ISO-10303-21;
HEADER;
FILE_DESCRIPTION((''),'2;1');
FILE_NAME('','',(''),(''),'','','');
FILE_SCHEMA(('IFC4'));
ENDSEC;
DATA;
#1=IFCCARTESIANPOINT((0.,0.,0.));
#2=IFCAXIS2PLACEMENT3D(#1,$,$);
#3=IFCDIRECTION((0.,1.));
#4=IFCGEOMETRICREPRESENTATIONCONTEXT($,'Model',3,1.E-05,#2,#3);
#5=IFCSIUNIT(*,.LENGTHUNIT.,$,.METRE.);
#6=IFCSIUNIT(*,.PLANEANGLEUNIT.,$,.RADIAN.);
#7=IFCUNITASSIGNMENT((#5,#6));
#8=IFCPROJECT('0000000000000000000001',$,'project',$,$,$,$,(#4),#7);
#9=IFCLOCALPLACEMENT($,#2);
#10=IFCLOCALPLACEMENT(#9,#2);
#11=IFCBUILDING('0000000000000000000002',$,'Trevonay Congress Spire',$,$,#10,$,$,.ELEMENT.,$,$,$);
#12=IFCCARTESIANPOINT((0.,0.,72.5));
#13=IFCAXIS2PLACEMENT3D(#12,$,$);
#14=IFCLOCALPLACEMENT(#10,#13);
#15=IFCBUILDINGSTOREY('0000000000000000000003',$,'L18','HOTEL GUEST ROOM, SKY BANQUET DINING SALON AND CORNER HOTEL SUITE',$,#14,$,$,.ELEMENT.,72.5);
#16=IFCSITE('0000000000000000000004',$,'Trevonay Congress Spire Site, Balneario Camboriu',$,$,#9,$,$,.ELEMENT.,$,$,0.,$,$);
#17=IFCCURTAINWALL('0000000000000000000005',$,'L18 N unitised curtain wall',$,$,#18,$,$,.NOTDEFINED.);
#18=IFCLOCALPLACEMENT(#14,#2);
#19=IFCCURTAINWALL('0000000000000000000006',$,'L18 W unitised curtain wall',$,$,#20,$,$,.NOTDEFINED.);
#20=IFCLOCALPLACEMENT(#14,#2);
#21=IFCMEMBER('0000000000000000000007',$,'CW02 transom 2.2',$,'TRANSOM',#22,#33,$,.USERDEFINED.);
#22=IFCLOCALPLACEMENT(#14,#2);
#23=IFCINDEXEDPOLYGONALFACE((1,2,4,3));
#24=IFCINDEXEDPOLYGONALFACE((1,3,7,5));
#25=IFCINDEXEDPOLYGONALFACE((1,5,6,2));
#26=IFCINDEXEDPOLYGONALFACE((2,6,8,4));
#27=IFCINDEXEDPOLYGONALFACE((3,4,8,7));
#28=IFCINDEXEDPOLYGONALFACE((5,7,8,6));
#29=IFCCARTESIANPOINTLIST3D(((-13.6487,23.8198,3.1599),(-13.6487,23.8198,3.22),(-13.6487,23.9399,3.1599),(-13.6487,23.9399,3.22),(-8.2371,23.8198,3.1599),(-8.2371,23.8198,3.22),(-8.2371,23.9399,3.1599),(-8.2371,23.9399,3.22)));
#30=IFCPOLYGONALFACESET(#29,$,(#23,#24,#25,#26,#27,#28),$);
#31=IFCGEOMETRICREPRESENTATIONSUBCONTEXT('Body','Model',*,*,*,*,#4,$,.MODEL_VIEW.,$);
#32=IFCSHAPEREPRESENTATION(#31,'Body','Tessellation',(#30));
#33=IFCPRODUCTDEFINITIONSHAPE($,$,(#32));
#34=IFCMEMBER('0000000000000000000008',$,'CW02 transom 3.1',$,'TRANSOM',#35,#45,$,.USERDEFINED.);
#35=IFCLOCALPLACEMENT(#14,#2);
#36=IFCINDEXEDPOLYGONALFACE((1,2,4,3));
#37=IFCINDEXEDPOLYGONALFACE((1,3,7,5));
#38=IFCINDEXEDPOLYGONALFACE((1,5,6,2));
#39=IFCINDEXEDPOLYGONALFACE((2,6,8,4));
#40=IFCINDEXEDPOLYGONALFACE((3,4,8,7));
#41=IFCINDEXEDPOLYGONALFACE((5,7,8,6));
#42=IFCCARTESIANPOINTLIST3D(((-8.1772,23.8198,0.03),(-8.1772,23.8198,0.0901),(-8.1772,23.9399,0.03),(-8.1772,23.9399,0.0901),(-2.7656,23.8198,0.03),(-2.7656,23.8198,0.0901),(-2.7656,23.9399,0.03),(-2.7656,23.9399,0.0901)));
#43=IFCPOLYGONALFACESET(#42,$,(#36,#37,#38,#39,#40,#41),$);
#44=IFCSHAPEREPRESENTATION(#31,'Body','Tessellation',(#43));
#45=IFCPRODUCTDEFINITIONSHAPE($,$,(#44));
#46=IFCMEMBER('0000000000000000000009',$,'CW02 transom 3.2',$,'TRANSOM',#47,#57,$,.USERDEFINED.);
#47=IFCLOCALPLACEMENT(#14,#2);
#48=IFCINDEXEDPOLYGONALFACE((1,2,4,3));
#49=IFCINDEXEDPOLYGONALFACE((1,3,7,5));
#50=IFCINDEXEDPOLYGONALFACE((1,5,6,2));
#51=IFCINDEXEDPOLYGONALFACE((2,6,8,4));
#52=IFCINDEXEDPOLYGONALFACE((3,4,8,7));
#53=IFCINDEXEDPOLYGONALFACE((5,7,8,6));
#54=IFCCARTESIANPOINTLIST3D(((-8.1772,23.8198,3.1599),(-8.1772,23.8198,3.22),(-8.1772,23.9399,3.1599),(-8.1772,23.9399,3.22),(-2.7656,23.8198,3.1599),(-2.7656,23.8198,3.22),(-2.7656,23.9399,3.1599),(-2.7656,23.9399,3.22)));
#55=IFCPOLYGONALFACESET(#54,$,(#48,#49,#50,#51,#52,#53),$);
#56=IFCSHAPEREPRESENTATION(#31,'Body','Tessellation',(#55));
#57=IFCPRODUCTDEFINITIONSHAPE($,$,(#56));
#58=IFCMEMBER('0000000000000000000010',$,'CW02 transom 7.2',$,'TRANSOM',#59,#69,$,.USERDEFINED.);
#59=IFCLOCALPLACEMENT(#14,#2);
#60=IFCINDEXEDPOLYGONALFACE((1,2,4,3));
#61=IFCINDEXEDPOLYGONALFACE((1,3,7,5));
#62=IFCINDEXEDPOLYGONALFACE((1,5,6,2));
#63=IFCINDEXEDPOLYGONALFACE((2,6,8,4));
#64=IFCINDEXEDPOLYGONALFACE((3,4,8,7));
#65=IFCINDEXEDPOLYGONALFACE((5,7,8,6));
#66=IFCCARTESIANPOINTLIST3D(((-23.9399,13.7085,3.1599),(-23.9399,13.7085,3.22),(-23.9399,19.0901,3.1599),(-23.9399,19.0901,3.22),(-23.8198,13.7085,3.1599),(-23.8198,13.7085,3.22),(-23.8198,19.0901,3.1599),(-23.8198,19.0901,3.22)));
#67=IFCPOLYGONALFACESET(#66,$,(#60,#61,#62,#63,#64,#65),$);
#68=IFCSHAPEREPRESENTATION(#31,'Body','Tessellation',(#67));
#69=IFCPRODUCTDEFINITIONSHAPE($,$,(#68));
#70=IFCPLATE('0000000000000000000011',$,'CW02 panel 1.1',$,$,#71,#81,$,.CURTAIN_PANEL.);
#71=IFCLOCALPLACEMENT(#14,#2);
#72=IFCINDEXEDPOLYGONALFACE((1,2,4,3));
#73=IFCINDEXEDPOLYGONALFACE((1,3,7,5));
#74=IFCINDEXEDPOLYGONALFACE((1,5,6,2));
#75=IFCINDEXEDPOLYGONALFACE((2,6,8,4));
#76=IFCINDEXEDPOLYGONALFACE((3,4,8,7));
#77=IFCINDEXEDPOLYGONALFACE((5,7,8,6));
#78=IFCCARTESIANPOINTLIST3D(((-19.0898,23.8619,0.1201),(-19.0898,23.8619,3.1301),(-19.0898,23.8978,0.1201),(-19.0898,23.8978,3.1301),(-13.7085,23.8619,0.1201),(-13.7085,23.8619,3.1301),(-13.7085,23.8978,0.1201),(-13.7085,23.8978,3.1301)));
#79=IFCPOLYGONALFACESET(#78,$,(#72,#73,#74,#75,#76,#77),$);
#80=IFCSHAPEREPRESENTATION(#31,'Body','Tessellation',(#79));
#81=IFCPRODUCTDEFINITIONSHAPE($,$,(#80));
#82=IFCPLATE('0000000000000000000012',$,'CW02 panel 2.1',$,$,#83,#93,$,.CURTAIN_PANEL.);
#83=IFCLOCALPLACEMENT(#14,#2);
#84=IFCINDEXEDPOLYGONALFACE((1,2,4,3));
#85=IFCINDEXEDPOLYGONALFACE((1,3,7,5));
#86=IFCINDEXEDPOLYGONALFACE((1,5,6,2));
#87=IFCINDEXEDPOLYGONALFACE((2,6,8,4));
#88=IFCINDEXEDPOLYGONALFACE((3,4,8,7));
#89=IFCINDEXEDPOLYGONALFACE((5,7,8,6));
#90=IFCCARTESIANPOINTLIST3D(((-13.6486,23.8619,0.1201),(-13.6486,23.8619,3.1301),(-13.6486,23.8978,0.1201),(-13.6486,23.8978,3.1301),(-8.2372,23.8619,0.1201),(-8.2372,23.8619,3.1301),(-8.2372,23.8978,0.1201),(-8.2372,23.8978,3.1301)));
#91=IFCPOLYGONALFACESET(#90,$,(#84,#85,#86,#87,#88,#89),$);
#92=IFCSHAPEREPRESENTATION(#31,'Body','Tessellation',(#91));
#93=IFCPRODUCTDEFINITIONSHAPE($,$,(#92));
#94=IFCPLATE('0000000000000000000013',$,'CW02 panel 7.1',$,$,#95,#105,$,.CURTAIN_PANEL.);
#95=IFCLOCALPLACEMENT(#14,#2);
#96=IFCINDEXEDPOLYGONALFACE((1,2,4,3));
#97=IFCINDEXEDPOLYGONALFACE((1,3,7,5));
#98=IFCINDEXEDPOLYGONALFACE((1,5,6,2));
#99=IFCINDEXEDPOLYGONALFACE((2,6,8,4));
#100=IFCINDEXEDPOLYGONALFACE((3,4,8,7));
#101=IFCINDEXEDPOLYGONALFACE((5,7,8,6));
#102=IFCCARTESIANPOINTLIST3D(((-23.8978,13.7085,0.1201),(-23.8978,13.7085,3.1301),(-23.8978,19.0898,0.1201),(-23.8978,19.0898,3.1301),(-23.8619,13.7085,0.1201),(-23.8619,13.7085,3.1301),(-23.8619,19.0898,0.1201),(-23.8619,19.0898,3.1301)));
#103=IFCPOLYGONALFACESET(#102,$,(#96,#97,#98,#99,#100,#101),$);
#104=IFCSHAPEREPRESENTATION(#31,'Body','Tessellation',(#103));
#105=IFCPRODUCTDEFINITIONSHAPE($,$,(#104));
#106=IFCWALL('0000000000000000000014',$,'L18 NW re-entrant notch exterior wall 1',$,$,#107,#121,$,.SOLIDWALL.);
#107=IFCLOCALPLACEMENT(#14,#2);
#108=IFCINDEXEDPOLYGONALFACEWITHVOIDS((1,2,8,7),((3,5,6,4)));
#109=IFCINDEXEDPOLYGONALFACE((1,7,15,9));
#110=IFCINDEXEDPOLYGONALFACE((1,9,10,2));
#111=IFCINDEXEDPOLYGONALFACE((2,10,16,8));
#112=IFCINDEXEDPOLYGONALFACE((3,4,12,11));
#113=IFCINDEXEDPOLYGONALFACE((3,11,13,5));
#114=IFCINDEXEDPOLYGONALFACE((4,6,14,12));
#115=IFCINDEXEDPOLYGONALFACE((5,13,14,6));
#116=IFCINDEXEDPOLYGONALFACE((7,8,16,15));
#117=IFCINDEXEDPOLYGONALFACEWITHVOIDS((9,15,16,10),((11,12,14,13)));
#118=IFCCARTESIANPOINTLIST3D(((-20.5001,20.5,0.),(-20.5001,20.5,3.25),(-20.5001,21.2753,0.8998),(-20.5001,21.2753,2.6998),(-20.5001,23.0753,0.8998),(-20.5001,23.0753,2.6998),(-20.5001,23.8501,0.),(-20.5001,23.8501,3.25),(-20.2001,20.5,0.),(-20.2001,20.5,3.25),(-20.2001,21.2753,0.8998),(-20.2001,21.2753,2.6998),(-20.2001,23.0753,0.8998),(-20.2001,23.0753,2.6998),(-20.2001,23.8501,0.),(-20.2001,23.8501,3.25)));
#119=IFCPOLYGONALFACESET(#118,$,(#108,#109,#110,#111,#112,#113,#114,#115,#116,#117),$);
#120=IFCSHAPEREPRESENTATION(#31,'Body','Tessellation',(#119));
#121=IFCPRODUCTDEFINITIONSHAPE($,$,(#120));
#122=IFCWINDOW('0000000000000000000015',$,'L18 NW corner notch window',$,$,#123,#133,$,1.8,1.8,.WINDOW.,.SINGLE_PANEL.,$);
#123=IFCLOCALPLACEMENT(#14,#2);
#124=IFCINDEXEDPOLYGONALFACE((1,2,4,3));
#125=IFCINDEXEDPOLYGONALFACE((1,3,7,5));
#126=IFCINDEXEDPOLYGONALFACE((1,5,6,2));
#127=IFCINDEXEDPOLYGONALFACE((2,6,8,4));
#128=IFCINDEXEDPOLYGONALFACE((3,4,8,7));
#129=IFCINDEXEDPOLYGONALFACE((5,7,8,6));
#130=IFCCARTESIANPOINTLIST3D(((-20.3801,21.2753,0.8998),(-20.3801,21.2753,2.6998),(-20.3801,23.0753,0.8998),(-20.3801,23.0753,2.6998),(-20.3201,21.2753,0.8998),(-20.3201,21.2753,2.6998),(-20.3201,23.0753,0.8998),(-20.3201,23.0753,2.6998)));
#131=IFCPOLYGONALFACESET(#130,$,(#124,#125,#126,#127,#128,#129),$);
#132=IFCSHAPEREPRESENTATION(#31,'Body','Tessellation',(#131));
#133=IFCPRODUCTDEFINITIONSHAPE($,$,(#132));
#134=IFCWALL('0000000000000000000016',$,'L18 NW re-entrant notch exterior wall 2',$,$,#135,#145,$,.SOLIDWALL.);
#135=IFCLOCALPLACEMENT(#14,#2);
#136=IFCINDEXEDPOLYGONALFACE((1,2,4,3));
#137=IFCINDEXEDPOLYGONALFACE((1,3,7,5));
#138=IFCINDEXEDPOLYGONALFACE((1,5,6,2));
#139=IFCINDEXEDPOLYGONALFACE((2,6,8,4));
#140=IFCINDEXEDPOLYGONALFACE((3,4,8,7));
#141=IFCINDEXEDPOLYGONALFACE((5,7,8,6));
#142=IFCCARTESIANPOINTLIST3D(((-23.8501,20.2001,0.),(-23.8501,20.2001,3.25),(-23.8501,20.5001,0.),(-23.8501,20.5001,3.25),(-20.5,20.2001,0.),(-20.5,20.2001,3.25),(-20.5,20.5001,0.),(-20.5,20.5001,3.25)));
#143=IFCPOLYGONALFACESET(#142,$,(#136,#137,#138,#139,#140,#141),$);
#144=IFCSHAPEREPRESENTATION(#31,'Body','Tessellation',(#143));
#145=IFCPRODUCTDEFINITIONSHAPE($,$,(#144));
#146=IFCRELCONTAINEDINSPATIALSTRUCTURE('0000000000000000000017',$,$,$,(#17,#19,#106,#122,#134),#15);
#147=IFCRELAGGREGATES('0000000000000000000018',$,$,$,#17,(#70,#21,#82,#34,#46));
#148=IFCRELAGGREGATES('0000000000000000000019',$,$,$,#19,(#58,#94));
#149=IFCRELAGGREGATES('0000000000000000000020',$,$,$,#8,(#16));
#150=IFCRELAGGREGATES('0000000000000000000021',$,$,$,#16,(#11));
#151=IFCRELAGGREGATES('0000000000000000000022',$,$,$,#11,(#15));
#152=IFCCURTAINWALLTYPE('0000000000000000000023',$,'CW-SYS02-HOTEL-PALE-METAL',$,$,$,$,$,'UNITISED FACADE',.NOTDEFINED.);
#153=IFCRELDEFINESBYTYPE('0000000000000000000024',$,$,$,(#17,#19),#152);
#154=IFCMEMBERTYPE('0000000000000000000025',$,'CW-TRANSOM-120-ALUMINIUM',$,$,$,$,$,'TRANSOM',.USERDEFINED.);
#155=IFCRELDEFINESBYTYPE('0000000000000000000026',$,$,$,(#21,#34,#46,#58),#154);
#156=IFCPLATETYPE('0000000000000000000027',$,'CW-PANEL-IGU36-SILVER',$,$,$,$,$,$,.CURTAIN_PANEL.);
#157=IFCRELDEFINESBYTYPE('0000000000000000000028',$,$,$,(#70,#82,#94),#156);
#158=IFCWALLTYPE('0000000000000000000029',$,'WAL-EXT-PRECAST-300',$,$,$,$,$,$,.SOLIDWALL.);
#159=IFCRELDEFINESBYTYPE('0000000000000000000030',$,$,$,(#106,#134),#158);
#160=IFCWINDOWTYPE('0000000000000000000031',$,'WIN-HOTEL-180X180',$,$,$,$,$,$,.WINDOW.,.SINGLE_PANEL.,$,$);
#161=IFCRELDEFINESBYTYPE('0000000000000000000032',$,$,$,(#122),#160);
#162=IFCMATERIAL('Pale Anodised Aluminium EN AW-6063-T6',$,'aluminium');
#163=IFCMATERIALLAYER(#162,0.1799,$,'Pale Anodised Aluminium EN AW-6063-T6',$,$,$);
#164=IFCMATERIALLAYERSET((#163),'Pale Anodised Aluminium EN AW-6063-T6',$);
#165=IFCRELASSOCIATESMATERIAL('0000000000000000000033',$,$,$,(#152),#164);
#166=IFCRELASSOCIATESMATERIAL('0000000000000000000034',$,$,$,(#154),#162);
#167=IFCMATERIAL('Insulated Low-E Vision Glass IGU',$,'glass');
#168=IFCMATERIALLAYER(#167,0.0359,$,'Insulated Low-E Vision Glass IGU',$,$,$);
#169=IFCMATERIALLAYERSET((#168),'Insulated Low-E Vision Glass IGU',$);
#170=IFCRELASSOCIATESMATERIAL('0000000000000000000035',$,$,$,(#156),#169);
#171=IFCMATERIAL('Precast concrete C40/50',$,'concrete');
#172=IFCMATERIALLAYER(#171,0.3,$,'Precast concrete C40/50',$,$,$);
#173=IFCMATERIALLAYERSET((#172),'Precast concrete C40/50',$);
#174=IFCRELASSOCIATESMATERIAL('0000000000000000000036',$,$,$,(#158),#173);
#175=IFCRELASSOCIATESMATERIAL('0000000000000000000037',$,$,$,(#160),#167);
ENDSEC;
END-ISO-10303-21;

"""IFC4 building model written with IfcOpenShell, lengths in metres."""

from ifc_helpers import new_model, si_unit, direction, frame, frame_2d, origin, origin_2d, place, context, subcontext, project, spatial, rectangle, extrude, material, layer, layer_set, material_profile, profile_set, type_object, element, fill, aggregate, save


model = new_model("IFC4")

# Units and contexts
model_context = context("Model", 3, precision=1e-05, world=origin(), true_north=direction((0.0, 1.0)))
body_context = subcontext(model_context, "Body", "Model", "MODEL_VIEW")
ifc_project = project(units=[si_unit("LENGTHUNIT", "METRE"), si_unit("PLANEANGLEUNIT", "RADIAN")], contexts=[model_context])

# Site, building, storey
site_placement = place(None, origin())
site = spatial("IfcSite", under=ifc_project, at=site_placement, Name="Trevonay Congress Spire Site, Balneario Camboriu", CompositionType="ELEMENT", RefElevation=0.0)
building_placement = place(site_placement, origin())
building = spatial("IfcBuilding", under=site, at=building_placement, Name="Trevonay Congress Spire", CompositionType="ELEMENT")
storey_placement = place(building_placement, frame((0.0, 0.0, 72.5)))
storey = spatial("IfcBuildingStorey", under=building, at=storey_placement, Name="L18", Description="HOTEL GUEST ROOM, SKY BANQUET DINING SALON AND CORNER HOTEL SUITE", CompositionType="ELEMENT", Elevation=72.5)

# Curtain wall
ifc_material_1 = material(Name="Pale Anodised Aluminium EN AW-6063-T6", Category="aluminium")
ifc_layer_1 = layer(ifc_material_1, 0.1799, Name="Pale Anodised Aluminium EN AW-6063-T6")
ifc_layer_set_1 = layer_set([ifc_layer_1], Name="Pale Anodised Aluminium EN AW-6063-T6")
curtain_wall_type = type_object("IfcCurtainWallType", Name="CW-SYS02-HOTEL-PALE-METAL", ElementType="UNITISED FACADE", PredefinedType="NOTDEFINED", material=ifc_layer_set_1)
curtain_wall_1_placement = place(storey_placement, origin())
curtain_wall_1 = element("IfcCurtainWall", 1, at=curtain_wall_1_placement, inside=storey, type_object=curtain_wall_type, Name="L18 N unitised curtain wall", PredefinedType="NOTDEFINED")

# Curtain wall
curtain_wall_2_placement = place(storey_placement, origin())
curtain_wall_2 = element("IfcCurtainWall", 2, at=curtain_wall_2_placement, inside=storey, type_object=curtain_wall_type, Name="L18 W unitised curtain wall", PredefinedType="NOTDEFINED")

# Members
ifc_material_profile_1 = material_profile(ifc_material_1, rectangle(XDim=0.1201, YDim=0.0601, at=origin_2d()), Name="CW-TRANSOM-120-ALUMINIUM")
ifc_profile_set_1 = profile_set([ifc_material_profile_1], Name="Pale Anodised Aluminium EN AW-6063-T6")
member_type_1 = type_object("IfcMemberType", Name="CW-TRANSOM-120-ALUMINIUM", ElementType="TRANSOM", PredefinedType="USERDEFINED", material=ifc_profile_set_1)
member_1_placement = place(storey_placement, frame((-13.6487, 23.8799, 3.1899), z_axis=(1.0, 0.0, 0.0), x_axis=(0.0, 1.0, 0.0)))
member_1 = element("IfcMember", 3, at=member_1_placement, type_object=member_type_1, Name="CW02 transom 2.2", ObjectType="TRANSOM", PredefinedType="USERDEFINED", context=body_context, shape_type="SweptSolid", body=[
    extrude(rectangle(XDim=0.1201, YDim=0.0601, at=origin_2d()), origin(), (0.0, 0.0, 1.0), 5.4116),
])
member_2_placement = place(storey_placement, frame((-8.1772, 23.8799, 0.0601), z_axis=(1.0, 0.0, 0.0), x_axis=(0.0, 1.0, 0.0)))
member_2 = element("IfcMember", 4, at=member_2_placement, type_object=member_type_1, Name="CW02 transom 3.1", ObjectType="TRANSOM", PredefinedType="USERDEFINED", context=body_context, shape_type="SweptSolid", body=[
    extrude(rectangle(XDim=0.1201, YDim=0.0601, at=origin_2d()), origin(), (0.0, 0.0, 1.0), 5.4116),
])
member_3_placement = place(storey_placement, frame((-8.1772, 23.8799, 3.1899), z_axis=(1.0, 0.0, 0.0), x_axis=(0.0, 1.0, 0.0)))
member_3 = element("IfcMember", 5, at=member_3_placement, type_object=member_type_1, Name="CW02 transom 3.2", ObjectType="TRANSOM", PredefinedType="USERDEFINED", context=body_context, shape_type="SweptSolid", body=[
    extrude(rectangle(XDim=0.1201, YDim=0.0601, at=origin_2d()), origin(), (0.0, 0.0, 1.0), 5.4116),
])
member_4_placement = place(storey_placement, frame((-23.8799, 13.7085, 3.1899), z_axis=(0.0, 1.0, 0.0), x_axis=(-1.0, 0.0, 0.0)))
member_4 = element("IfcMember", 6, at=member_4_placement, type_object=member_type_1, Name="CW02 transom 7.2", ObjectType="TRANSOM", PredefinedType="USERDEFINED", context=body_context, shape_type="SweptSolid", body=[
    extrude(rectangle(XDim=0.1201, YDim=0.0601, at=origin_2d()), origin(), (0.0, 0.0, 1.0), 5.3816),
])

# Plates
ifc_material_2 = material(Name="Insulated Low-E Vision Glass IGU", Category="glass")
ifc_layer_2 = layer(ifc_material_2, 0.0359, Name="Insulated Low-E Vision Glass IGU")
ifc_layer_set_2 = layer_set([ifc_layer_2], Name="Insulated Low-E Vision Glass IGU")
plate_type = type_object("IfcPlateType", Name="CW-PANEL-IGU36-SILVER", PredefinedType="CURTAIN_PANEL", material=ifc_layer_set_2)
plate_1_placement = place(storey_placement, frame((-16.3992, 23.8799, 0.1201), z_axis=(0.0, 0.0, 1.0), x_axis=(1.0, 0.0, 0.0)))
plate_1 = element("IfcPlate", 7, at=plate_1_placement, type_object=plate_type, Name="CW02 panel 1.1", PredefinedType="CURTAIN_PANEL", context=body_context, shape_type="SweptSolid", body=[
    extrude(rectangle(XDim=5.3813, YDim=0.0359, at=origin_2d()), origin(), (0.0, 0.0, 1.0), 3.01),
])
plate_2_placement = place(storey_placement, frame((-10.9429, 23.8799, 0.1201), z_axis=(0.0, 0.0, 1.0), x_axis=(1.0, 0.0, 0.0)))
plate_2 = element("IfcPlate", 8, at=plate_2_placement, type_object=plate_type, Name="CW02 panel 2.1", PredefinedType="CURTAIN_PANEL", context=body_context, shape_type="SweptSolid", body=[
    extrude(rectangle(XDim=5.4114, YDim=0.0359, at=origin_2d()), origin(), (0.0, 0.0, 1.0), 3.01),
])
aggregate(curtain_wall_1, [plate_1, member_1, plate_2, member_2, member_3])
plate_3_placement = place(storey_placement, frame((-23.8799, 16.3992, 0.1201), z_axis=(0.0, 0.0, 1.0), x_axis=(0.0, 1.0, 0.0)))
plate_3 = element("IfcPlate", 9, at=plate_3_placement, type_object=plate_type, Name="CW02 panel 7.1", PredefinedType="CURTAIN_PANEL", context=body_context, shape_type="SweptSolid", body=[
    extrude(rectangle(XDim=5.3813, YDim=0.0359, at=origin_2d()), origin(), (0.0, 0.0, 1.0), 3.01),
])
aggregate(curtain_wall_2, [member_4, plate_3])

# Wall, opening, window
ifc_material_3 = material(Name="Precast concrete C40/50", Category="concrete")
ifc_layer_3 = layer(ifc_material_3, 0.3, Name="Precast concrete C40/50")
ifc_layer_set_3 = layer_set([ifc_layer_3], Name="Precast concrete C40/50")
wall_type = type_object("IfcWallType", Name="WAL-EXT-PRECAST-300", PredefinedType="SOLIDWALL", material=ifc_layer_set_3)
wall_1_placement = place(storey_placement, frame((-20.3501, 23.8501, 0.0), z_axis=(0.0, 0.0, 1.0), x_axis=(0.0, -1.0, 0.0)))
wall_1 = element("IfcWall", 10, at=wall_1_placement, inside=storey, type_object=wall_type, Name="L18 NW re-entrant notch exterior wall 1", PredefinedType="SOLIDWALL", context=body_context, shape_type="SweptSolid", body=[
    extrude(rectangle(XDim=3.3501, YDim=0.3, at=frame_2d((1.675, 0.0))), origin(), (0.0, 0.0, 1.0), 3.25),
])
opening_placement = place(wall_1_placement, frame((0.7749, 0.0, 0.8999)))
opening = element("IfcOpeningElement", 11, at=opening_placement, cuts=wall_1, PredefinedType="OPENING", context=body_context, shape_type="SweptSolid", body=[
    extrude(rectangle(XDim=1.8, YDim=1.8, at=frame_2d((0.8999, 0.8999))), frame((0.0, 0.1602, 0.0), z_axis=(0.0, -1.0, 0.0), x_axis=(1.0, 0.0, 0.0)), (0.0, 0.0, 1.0), 0.3201),
])
window_type = type_object("IfcWindowType", Name="WIN-HOTEL-180X180", PartitioningType="SINGLE_PANEL", PredefinedType="WINDOW", material=ifc_material_2)
window_placement = place(opening_placement, origin())
window = element("IfcWindow", 12, at=window_placement, inside=storey, type_object=window_type, Name="L18 NW corner notch window", OverallHeight=1.8, OverallWidth=1.8, PartitioningType="SINGLE_PANEL", PredefinedType="WINDOW", context=body_context, shape_type="SweptSolid", body=[
    extrude(rectangle(XDim=1.8, YDim=1.8, at=frame_2d((0.8999, 0.8999))), frame((0.0, 0.03, 0.0), z_axis=(0.0, -1.0, 0.0), x_axis=(1.0, 0.0, 0.0)), (0.0, 0.0, 1.0), 0.0601),
])
fill(opening, window)

# Wall
wall_2_placement = place(storey_placement, frame((-23.8501, 20.3501, 0.0), z_axis=(0.0, 0.0, 1.0), x_axis=(1.0, 0.0, 0.0)))
element("IfcWall", 13, at=wall_2_placement, inside=storey, type_object=wall_type, Name="L18 NW re-entrant notch exterior wall 2", PredefinedType="SOLIDWALL", context=body_context, shape_type="SweptSolid", body=[
    extrude(rectangle(XDim=3.3501, YDim=0.3, at=frame_2d((1.675, 0.0))), origin(), (0.0, 0.0, 1.0), 3.25),
])

save(model, "model.ifc")
